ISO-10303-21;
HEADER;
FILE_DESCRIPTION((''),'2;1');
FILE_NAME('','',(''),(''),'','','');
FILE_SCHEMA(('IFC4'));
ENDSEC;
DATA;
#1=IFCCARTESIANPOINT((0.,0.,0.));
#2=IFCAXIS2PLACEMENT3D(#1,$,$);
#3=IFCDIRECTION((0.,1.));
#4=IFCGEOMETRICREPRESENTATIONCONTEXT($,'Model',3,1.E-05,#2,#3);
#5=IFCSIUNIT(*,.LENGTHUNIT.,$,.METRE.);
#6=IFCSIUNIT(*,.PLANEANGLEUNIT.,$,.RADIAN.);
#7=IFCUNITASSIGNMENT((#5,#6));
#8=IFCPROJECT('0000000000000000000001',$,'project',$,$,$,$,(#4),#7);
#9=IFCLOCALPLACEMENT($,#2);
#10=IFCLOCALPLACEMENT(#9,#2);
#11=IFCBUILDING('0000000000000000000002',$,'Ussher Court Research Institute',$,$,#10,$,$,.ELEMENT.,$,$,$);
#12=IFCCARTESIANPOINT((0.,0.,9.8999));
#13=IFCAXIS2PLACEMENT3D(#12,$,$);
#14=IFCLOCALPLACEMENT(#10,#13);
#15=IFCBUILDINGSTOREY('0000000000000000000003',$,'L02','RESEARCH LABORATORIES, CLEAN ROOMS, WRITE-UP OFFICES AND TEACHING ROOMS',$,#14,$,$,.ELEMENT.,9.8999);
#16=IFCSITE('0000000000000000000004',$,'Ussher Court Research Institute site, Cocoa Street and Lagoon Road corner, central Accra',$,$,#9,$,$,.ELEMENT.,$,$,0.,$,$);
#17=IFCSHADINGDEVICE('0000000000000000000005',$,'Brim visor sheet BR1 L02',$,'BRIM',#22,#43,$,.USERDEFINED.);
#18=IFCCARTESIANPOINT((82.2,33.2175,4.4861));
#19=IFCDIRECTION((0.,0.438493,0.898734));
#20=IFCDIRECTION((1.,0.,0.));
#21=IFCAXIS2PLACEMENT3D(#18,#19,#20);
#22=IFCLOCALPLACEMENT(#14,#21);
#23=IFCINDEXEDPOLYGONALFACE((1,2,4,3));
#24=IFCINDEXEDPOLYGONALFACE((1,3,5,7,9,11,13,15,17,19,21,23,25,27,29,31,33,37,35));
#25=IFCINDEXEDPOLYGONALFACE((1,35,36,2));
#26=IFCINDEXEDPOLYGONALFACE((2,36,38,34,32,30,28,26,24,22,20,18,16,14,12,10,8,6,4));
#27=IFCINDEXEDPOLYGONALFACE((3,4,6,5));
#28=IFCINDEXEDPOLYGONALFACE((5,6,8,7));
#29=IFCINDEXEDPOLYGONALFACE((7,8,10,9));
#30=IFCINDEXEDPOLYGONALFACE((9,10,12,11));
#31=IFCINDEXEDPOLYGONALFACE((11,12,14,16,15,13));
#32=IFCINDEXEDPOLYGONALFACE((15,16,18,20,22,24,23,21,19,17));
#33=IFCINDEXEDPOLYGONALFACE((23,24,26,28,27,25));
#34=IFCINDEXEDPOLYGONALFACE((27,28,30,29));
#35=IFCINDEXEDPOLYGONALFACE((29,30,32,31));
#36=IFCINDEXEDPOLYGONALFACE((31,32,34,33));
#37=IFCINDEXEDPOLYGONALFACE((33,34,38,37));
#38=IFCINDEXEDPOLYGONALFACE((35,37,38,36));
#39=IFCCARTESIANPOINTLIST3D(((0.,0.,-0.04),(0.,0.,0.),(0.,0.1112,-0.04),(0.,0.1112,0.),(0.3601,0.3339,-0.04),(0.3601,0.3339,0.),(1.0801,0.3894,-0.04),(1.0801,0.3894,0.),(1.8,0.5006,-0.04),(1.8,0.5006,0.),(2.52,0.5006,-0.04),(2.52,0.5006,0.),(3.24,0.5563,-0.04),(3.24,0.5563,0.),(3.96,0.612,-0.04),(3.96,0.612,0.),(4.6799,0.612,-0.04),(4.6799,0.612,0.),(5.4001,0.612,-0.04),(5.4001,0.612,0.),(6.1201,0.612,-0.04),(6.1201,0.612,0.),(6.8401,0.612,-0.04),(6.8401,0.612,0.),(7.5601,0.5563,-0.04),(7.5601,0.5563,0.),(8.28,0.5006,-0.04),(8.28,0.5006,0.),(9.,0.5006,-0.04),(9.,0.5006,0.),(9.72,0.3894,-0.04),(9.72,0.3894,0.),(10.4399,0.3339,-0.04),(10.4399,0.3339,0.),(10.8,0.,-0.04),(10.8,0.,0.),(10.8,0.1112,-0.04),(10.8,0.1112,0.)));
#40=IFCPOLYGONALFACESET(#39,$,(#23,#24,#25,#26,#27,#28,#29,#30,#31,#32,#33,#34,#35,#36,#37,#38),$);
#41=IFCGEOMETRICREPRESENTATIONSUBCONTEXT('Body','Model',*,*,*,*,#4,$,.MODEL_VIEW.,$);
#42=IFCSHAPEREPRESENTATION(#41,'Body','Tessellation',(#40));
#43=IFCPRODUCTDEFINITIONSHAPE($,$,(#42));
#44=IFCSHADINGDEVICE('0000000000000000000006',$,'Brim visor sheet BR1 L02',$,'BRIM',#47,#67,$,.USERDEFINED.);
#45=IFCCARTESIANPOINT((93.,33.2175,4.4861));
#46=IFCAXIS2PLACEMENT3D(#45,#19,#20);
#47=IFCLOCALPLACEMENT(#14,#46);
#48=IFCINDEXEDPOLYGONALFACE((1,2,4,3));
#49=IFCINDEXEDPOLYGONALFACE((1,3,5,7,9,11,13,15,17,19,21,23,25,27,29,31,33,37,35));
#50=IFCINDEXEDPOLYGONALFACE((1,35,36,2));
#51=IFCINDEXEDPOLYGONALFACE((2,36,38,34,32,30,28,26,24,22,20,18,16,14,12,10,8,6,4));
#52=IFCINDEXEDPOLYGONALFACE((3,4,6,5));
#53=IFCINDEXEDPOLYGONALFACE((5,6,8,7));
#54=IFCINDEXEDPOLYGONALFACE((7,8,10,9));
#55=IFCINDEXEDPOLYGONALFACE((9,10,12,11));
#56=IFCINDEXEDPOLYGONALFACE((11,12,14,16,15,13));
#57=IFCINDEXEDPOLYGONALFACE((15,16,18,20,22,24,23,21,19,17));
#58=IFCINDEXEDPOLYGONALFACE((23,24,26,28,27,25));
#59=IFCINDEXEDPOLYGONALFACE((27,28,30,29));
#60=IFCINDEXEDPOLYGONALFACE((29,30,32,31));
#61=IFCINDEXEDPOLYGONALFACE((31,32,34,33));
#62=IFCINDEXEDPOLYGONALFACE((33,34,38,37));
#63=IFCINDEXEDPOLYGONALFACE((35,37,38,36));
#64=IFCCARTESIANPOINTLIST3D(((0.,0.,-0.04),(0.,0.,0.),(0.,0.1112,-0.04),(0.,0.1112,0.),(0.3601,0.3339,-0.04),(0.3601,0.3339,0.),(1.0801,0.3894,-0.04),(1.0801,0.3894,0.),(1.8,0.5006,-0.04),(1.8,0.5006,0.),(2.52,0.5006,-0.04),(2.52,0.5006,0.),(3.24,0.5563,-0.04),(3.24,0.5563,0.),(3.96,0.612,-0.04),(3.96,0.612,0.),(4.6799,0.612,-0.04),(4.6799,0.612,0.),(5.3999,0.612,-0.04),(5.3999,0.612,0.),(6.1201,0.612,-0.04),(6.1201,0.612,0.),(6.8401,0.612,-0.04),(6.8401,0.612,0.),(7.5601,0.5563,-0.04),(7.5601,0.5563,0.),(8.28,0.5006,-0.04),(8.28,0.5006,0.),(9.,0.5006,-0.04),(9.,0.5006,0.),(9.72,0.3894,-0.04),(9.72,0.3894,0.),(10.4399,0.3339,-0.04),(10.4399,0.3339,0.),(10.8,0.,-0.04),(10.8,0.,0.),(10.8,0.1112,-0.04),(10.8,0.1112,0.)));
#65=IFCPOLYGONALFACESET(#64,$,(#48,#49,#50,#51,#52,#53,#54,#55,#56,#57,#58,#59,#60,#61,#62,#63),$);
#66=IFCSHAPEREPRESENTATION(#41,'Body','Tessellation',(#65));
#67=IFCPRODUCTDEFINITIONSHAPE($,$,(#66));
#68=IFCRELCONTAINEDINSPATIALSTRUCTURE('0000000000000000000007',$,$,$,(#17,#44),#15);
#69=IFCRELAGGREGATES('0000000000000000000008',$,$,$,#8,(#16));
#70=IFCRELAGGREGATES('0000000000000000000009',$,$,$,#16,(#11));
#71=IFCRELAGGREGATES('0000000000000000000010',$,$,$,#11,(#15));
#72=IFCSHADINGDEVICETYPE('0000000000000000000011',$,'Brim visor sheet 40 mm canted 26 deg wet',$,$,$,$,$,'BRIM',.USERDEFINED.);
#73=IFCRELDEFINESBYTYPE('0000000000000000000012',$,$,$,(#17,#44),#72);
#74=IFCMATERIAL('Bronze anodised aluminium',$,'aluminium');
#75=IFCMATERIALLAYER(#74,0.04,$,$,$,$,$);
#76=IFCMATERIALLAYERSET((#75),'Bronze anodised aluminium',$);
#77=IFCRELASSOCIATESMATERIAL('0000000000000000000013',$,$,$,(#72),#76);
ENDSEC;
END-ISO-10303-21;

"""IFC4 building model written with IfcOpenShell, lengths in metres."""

from ifc_helpers import new_model, si_unit, direction, frame, origin, place, context, subcontext, project, spatial, polyline, outline, extrude, material, layer, layer_set, type_object, element, save


model = new_model("IFC4")

# Units and contexts
model_context = context("Model", 3, precision=1e-05, world=origin(), true_north=direction((0.0, 1.0)))
body_context = subcontext(model_context, "Body", "Model", "MODEL_VIEW")
ifc_project = project(units=[si_unit("LENGTHUNIT", "METRE"), si_unit("PLANEANGLEUNIT", "RADIAN")], contexts=[model_context])

# Site, building, storey
site_placement = place(None, origin())
site = spatial("IfcSite", under=ifc_project, at=site_placement, Name="Ussher Court Research Institute site, Cocoa Street and Lagoon Road corner, central Accra", CompositionType="ELEMENT", RefElevation=0.0)
building_placement = place(site_placement, origin())
building = spatial("IfcBuilding", under=site, at=building_placement, Name="Ussher Court Research Institute", CompositionType="ELEMENT")
storey_placement = place(building_placement, frame((0.0, 0.0, 9.8999)))
storey = spatial("IfcBuildingStorey", under=building, at=storey_placement, Name="L02", Description="RESEARCH LABORATORIES, CLEAN ROOMS, WRITE-UP OFFICES AND TEACHING ROOMS", CompositionType="ELEMENT", Elevation=9.8999)

# Shading devices
ifc_material_1 = material(Name="Bronze anodised aluminium", Category="aluminium")
ifc_layer_1 = layer(ifc_material_1, 0.04)
ifc_layer_set_1 = layer_set([ifc_layer_1], Name="Bronze anodised aluminium")
shading_device_type_1 = type_object("IfcShadingDeviceType", Name="Brim visor sheet 40 mm canted 26 deg wet", ElementType="BRIM", PredefinedType="USERDEFINED", material=ifc_layer_set_1)
shading_device_1_placement = place(storey_placement, frame((82.2, 33.2175, 4.4861), z_axis=(0.0, 0.438493, 0.898734), x_axis=(1.0, 0.0, 0.0)))
element("IfcShadingDevice", 1, at=shading_device_1_placement, inside=storey, type_object=shading_device_type_1, Name="Brim visor sheet BR1 L02", ObjectType="BRIM", PredefinedType="USERDEFINED", context=body_context, shape_type="SweptSolid", body=[
    extrude(outline(polyline([(0.0, 0.0), (10.8, 0.0), (10.8, 0.1112), (10.4399, 0.3339), (9.72, 0.3894), (9.0, 0.5006), (8.28, 0.5006), (7.5601, 0.5563), (6.8401, 0.612), (6.1201, 0.612), (5.4001, 0.612), (4.6799, 0.612), (3.96, 0.612), (3.24, 0.5563), (2.52, 0.5006), (1.8, 0.5006), (1.0801, 0.3894), (0.3601, 0.3339), (0.0, 0.1112), (0.0, 0.0)])), origin(), (0.0, 0.0, -1.0), 0.04),
])
shading_device_2_placement = place(storey_placement, frame((93.0, 33.2175, 4.4861), z_axis=(0.0, 0.438493, 0.898734), x_axis=(1.0, 0.0, 0.0)))
element("IfcShadingDevice", 2, at=shading_device_2_placement, inside=storey, type_object=shading_device_type_1, Name="Brim visor sheet BR1 L02", ObjectType="BRIM", PredefinedType="USERDEFINED", context=body_context, shape_type="SweptSolid", body=[
    extrude(outline(polyline([(0.0, 0.0), (10.8, 0.0), (10.8, 0.1112), (10.4399, 0.3339), (9.72, 0.3894), (9.0, 0.5006), (8.28, 0.5006), (7.5601, 0.5563), (6.8401, 0.612), (6.1201, 0.612), (5.3999, 0.612), (4.6799, 0.612), (3.96, 0.612), (3.24, 0.5563), (2.52, 0.5006), (1.8, 0.5006), (1.0801, 0.3894), (0.3601, 0.3339), (0.0, 0.1112), (0.0, 0.0)])), origin(), (0.0, 0.0, -1.0), 0.04),
])

save(model, "model.ifc")
